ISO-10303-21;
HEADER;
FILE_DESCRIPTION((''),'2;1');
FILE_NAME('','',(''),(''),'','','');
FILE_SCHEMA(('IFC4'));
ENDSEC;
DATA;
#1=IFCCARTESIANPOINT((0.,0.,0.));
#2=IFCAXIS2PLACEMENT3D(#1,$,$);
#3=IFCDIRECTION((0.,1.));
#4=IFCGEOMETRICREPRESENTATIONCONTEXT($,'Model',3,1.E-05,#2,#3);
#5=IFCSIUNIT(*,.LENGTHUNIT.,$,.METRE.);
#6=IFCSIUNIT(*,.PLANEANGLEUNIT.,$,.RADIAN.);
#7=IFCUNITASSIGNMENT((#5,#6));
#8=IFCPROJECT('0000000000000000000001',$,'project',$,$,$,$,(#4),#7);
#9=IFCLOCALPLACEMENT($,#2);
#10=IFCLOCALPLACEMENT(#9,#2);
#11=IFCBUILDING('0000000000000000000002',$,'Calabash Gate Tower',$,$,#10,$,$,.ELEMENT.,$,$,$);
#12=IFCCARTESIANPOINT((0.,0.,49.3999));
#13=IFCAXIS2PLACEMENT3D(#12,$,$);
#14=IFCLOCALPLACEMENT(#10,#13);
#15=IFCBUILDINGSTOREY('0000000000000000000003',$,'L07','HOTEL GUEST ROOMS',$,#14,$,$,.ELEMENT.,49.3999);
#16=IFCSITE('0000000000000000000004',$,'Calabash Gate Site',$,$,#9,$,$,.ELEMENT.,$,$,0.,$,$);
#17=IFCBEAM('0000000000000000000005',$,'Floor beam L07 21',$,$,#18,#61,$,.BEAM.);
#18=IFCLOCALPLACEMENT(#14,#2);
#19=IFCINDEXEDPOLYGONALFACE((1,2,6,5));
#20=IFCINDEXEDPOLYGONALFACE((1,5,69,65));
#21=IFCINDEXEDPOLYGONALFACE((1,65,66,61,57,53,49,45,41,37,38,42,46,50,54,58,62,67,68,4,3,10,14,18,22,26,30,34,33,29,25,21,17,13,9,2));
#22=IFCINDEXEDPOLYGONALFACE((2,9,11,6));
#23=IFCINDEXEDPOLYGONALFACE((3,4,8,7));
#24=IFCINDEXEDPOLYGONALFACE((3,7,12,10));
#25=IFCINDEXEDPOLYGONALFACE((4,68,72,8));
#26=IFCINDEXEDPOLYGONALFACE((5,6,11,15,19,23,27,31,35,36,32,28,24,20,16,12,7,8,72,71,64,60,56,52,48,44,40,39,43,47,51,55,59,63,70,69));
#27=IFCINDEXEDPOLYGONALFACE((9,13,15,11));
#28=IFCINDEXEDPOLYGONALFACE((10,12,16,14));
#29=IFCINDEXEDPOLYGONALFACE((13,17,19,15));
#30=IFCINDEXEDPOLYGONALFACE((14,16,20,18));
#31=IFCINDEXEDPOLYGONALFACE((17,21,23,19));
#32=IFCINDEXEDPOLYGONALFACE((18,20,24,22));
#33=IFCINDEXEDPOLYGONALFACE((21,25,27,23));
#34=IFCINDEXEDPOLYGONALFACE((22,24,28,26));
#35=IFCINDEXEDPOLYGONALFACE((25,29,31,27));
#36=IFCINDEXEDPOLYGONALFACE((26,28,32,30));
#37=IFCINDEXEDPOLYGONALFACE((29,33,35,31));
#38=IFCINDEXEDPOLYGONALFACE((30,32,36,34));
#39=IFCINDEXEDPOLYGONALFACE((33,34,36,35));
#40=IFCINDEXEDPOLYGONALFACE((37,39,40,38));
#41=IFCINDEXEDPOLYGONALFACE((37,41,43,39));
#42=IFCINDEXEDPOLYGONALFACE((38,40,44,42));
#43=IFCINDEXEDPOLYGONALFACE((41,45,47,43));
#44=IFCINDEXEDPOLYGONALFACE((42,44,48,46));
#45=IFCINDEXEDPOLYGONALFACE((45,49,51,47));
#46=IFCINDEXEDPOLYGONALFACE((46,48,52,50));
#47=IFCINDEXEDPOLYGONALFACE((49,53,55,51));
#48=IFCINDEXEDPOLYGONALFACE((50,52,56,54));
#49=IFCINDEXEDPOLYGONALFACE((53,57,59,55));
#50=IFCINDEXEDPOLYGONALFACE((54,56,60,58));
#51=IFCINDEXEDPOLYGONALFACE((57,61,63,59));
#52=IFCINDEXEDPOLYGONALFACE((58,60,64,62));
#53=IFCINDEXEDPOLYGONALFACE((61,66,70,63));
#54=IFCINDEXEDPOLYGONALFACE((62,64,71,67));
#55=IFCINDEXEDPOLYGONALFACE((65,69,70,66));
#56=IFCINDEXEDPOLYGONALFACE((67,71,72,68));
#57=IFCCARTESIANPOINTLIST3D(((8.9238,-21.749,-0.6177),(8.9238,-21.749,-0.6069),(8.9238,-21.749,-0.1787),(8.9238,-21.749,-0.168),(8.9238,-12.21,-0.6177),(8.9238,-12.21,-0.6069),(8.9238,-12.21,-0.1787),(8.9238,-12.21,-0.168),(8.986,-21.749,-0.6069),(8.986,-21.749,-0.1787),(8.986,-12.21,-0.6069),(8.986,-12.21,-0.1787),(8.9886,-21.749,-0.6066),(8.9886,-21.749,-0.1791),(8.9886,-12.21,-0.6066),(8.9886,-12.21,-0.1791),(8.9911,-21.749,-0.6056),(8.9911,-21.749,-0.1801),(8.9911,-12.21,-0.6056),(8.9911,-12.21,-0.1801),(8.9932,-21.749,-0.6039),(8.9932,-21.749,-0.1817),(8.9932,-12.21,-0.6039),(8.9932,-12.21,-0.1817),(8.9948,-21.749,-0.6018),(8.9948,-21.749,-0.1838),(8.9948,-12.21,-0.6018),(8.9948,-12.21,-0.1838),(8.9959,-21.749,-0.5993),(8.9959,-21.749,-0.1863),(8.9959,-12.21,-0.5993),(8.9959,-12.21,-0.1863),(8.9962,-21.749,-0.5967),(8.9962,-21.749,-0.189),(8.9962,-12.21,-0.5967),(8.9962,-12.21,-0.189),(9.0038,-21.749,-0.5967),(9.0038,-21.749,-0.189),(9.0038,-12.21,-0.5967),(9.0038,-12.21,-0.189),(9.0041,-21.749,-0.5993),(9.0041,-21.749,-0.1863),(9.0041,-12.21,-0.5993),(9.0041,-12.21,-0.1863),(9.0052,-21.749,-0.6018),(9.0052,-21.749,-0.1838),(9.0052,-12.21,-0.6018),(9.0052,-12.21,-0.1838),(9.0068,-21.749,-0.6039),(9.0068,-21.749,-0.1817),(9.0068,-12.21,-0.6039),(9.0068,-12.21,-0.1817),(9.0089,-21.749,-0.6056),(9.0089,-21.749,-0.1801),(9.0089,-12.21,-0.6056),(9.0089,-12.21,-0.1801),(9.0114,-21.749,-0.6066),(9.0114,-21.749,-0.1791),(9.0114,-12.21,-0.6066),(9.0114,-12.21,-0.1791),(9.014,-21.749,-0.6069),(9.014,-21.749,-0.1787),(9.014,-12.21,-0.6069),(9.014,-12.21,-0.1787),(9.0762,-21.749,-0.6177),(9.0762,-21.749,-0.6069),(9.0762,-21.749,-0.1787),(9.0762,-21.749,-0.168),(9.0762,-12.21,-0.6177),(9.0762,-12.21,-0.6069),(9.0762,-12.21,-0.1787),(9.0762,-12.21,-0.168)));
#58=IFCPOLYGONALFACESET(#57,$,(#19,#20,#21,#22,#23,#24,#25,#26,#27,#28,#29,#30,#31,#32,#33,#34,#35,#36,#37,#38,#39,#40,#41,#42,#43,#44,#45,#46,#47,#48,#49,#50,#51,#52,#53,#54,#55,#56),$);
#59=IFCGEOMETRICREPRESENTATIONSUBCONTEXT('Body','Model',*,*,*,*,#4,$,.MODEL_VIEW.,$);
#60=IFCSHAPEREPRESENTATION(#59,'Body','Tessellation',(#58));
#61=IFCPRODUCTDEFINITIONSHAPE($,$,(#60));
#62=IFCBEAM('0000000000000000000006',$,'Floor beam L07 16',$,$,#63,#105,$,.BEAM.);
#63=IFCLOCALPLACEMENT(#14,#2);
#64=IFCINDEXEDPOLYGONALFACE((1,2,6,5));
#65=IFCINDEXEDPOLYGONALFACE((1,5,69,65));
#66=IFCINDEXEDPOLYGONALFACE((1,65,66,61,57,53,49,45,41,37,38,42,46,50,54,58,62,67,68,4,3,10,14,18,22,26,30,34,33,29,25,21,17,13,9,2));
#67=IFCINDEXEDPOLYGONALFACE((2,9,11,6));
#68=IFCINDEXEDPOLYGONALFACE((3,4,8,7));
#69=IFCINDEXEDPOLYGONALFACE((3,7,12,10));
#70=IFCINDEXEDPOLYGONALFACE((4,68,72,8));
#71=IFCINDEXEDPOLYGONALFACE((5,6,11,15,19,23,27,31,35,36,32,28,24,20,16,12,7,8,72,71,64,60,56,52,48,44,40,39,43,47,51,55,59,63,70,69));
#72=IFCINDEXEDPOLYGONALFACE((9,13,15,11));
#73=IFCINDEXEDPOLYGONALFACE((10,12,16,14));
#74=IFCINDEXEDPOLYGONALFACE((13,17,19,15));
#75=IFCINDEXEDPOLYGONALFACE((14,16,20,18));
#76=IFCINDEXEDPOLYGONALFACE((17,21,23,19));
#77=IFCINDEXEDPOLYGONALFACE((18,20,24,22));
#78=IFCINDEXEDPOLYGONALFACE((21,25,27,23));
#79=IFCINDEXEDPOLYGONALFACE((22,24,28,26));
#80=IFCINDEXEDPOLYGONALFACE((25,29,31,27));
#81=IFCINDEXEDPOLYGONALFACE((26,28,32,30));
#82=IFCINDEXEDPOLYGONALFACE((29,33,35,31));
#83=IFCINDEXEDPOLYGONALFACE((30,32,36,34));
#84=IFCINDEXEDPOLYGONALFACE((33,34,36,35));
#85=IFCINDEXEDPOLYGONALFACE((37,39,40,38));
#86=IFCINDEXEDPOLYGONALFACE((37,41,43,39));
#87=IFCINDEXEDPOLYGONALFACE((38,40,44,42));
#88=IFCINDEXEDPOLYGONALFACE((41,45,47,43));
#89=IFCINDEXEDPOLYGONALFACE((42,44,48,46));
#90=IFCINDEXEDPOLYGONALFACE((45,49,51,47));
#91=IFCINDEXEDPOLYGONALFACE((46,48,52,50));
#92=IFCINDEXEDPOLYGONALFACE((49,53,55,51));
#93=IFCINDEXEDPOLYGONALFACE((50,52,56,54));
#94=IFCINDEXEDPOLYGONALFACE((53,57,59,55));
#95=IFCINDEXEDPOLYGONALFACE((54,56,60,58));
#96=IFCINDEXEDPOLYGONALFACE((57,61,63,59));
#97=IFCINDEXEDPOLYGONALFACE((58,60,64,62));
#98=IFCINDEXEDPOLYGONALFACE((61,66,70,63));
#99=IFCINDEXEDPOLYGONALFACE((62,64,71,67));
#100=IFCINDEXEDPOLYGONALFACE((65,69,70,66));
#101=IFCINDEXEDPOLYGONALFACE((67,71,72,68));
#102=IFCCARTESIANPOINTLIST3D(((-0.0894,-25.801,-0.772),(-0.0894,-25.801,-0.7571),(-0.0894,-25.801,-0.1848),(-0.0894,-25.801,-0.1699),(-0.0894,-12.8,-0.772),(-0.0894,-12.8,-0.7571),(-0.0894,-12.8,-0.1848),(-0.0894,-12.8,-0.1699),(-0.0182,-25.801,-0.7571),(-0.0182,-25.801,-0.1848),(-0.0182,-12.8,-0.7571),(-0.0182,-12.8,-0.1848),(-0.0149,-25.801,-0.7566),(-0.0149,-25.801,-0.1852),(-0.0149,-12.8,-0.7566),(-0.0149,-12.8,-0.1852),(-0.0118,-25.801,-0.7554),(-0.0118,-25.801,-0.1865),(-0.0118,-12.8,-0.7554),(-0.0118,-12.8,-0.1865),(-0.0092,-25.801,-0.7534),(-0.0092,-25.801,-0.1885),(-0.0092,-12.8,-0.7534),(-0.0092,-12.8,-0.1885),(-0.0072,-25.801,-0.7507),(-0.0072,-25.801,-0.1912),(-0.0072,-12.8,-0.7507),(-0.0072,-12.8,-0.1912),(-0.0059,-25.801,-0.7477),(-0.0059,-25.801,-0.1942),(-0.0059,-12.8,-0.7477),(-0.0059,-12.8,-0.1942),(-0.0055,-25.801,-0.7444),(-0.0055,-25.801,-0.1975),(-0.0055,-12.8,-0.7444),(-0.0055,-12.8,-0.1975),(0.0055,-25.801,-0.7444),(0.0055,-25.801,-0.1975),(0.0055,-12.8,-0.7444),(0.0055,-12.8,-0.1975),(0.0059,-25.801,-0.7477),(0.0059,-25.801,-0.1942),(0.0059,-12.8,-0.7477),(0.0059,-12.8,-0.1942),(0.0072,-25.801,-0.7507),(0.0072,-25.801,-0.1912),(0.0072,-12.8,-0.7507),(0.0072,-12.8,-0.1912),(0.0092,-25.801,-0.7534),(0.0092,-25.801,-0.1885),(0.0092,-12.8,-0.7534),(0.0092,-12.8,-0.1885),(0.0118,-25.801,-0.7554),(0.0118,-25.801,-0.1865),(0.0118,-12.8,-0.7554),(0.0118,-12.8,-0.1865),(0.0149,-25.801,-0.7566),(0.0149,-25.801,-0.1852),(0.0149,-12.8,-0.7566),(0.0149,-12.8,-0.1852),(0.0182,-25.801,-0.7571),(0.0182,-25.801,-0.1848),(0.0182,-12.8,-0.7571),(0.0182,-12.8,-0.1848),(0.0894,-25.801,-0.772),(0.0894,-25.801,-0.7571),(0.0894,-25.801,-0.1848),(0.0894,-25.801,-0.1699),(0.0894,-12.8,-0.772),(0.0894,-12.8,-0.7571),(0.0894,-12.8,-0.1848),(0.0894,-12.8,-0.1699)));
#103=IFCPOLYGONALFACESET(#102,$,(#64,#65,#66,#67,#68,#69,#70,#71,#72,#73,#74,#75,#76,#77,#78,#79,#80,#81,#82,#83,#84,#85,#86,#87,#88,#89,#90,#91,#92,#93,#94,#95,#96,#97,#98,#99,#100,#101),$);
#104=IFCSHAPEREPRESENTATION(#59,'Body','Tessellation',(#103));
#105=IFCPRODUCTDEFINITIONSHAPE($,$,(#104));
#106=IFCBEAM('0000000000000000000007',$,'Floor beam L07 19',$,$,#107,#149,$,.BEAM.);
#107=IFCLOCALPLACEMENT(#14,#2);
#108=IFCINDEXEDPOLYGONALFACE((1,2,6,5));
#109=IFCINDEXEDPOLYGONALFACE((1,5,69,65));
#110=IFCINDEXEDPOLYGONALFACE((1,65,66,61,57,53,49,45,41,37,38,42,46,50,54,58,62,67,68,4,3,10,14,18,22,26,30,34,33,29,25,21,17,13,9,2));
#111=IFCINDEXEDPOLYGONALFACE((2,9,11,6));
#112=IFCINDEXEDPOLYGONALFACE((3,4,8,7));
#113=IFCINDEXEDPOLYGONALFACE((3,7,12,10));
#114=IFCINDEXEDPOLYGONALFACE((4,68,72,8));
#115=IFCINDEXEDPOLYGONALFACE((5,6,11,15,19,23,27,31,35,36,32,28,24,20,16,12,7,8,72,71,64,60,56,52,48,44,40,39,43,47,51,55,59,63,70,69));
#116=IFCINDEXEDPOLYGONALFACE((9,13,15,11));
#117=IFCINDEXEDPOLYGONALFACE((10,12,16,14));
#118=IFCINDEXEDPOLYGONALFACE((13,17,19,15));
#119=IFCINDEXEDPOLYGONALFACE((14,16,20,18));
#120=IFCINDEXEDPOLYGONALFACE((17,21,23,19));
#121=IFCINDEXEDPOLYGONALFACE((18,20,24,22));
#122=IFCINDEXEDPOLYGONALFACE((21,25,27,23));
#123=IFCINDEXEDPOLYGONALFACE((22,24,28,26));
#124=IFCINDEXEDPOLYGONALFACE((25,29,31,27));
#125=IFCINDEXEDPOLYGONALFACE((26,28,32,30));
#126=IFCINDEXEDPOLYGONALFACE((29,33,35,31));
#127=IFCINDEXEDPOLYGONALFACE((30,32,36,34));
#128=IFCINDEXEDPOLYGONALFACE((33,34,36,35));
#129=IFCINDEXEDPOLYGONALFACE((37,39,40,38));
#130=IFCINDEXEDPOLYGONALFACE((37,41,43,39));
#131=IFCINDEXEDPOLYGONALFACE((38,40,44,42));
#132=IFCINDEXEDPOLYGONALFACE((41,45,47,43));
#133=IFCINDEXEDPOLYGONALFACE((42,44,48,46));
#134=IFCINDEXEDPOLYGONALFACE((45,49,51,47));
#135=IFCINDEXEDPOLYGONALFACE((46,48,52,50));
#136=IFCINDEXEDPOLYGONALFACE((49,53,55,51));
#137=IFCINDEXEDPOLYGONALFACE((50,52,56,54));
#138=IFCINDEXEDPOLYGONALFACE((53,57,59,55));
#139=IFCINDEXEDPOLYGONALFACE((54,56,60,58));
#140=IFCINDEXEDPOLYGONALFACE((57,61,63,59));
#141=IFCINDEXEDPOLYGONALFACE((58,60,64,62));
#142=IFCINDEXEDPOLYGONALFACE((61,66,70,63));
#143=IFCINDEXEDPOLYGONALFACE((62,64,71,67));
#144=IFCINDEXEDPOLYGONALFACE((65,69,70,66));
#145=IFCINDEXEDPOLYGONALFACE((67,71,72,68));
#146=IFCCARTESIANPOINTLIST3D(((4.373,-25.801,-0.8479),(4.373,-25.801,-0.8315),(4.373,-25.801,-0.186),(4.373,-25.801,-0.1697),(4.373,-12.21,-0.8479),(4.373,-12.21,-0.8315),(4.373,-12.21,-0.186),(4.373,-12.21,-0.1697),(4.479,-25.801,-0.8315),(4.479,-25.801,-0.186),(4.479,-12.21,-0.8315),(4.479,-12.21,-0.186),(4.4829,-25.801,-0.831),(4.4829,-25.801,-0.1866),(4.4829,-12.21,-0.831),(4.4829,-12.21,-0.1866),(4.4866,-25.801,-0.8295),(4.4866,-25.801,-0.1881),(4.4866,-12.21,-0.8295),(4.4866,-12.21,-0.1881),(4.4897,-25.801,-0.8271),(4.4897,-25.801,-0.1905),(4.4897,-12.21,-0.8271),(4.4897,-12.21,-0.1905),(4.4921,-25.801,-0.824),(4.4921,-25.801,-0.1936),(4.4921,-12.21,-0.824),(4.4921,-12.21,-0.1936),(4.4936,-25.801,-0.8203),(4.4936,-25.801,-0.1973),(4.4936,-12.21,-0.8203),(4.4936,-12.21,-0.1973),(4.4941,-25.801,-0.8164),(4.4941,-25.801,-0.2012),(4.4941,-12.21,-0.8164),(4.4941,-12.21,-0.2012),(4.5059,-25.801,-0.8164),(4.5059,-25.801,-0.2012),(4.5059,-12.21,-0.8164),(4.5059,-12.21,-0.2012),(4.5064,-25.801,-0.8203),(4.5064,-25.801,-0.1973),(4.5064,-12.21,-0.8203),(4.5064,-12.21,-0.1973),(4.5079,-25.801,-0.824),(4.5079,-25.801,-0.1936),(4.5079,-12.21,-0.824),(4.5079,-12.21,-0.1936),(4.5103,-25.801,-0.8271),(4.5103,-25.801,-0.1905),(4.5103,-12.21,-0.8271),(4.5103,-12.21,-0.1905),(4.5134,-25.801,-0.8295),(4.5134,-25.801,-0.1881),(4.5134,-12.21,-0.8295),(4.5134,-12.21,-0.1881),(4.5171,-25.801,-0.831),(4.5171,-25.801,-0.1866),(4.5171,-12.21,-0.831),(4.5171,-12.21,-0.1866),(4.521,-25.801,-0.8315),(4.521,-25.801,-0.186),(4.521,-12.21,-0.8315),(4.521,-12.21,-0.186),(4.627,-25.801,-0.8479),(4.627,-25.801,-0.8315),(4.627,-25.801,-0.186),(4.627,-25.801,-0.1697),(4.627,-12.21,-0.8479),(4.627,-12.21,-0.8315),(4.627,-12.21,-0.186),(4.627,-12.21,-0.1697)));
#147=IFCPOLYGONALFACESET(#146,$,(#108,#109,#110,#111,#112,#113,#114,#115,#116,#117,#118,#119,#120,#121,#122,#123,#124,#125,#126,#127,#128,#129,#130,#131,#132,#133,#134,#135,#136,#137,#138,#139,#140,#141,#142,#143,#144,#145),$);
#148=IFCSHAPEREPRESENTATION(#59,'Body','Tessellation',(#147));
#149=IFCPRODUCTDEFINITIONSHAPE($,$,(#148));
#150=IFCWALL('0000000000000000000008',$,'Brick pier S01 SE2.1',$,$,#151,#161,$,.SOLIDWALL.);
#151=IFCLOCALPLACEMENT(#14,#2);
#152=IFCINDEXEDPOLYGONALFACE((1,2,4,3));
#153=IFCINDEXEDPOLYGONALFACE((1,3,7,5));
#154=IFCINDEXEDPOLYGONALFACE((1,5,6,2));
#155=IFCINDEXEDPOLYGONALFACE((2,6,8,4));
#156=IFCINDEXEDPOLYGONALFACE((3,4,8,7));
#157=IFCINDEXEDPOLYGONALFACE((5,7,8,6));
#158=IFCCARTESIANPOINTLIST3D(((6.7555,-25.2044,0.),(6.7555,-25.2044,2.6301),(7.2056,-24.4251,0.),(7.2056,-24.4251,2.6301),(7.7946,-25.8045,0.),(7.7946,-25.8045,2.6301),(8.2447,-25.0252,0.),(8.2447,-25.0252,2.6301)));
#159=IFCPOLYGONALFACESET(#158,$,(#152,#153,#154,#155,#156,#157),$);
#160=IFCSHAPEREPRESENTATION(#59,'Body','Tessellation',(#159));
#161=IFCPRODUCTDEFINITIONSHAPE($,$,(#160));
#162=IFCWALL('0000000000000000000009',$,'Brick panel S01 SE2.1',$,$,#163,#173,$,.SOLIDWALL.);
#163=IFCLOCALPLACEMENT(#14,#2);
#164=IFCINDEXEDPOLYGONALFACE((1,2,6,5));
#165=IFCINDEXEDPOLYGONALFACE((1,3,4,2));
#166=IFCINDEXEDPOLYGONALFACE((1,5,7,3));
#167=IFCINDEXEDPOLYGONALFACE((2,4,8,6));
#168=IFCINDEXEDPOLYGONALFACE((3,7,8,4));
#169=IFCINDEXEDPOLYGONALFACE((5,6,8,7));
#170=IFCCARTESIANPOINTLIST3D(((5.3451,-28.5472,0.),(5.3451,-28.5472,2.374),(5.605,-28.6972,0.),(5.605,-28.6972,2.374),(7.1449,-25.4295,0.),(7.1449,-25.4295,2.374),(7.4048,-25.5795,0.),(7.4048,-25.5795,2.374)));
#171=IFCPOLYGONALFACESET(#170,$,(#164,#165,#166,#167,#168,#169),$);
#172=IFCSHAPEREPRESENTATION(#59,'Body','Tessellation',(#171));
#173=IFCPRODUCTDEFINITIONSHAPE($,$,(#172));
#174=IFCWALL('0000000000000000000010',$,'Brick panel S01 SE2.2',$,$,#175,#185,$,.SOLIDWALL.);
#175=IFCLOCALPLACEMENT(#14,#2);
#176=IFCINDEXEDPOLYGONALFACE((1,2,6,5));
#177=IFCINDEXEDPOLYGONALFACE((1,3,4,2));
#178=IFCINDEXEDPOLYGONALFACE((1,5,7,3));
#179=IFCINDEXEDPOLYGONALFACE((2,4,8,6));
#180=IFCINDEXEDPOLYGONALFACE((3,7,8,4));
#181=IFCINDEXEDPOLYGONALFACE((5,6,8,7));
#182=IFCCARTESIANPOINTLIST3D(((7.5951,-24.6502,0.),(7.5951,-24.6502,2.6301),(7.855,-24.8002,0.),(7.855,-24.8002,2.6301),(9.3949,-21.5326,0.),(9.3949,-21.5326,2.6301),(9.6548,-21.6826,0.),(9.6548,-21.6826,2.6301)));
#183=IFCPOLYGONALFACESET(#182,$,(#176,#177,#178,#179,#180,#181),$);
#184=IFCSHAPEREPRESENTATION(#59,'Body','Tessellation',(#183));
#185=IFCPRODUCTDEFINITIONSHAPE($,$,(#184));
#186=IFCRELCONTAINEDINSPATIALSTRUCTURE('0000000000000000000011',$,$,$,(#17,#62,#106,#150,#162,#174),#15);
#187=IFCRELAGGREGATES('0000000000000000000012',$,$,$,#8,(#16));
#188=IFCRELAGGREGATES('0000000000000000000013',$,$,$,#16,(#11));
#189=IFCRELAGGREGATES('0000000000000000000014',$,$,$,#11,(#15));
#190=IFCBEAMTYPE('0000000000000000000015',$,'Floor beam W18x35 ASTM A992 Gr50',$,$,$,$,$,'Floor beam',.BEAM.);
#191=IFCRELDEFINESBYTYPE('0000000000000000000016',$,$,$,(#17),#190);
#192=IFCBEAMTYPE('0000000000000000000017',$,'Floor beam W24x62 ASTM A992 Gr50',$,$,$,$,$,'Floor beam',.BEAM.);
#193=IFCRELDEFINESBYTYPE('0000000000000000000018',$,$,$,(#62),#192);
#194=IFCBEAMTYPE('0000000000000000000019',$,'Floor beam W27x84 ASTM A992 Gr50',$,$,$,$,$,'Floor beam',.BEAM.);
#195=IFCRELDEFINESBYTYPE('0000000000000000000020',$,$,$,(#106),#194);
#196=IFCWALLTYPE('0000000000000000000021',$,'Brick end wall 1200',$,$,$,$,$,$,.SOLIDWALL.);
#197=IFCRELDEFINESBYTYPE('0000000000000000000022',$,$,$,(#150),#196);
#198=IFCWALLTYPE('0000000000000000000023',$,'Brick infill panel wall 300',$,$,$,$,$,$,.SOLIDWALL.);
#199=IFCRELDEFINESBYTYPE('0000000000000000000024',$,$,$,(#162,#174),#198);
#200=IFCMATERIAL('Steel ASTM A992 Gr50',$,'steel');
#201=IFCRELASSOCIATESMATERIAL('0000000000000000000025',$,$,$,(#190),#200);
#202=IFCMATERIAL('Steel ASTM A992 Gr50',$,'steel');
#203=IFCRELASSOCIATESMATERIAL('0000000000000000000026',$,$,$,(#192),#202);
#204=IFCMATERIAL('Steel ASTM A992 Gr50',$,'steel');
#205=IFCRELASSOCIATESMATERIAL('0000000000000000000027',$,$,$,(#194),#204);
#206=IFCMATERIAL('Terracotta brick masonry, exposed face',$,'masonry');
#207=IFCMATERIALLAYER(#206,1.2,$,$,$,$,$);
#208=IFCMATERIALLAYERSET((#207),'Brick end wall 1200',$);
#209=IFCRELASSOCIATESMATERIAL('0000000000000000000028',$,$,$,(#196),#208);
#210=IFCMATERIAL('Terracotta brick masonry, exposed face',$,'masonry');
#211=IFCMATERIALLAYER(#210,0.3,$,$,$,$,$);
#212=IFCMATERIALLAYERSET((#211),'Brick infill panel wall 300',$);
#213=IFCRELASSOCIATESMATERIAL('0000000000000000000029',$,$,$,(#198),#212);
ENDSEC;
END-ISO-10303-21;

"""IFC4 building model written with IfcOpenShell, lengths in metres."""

from ifc_helpers import new_model, si_unit, direction, frame, frame_2d, origin, origin_2d, place, context, subcontext, project, spatial, rectangle, i_section, extrude, material, layer, layer_set, material_profile, profile_set, type_object, element, save


model = new_model("IFC4")

# Units and contexts
model_context = context("Model", 3, precision=1e-05, world=origin(), true_north=direction((0.0, 1.0)))
body_context = subcontext(model_context, "Body", "Model", "MODEL_VIEW")
ifc_project = project(units=[si_unit("LENGTHUNIT", "METRE"), si_unit("PLANEANGLEUNIT", "RADIAN")], contexts=[model_context])

# Site, building, storey
site_placement = place(None, origin())
site = spatial("IfcSite", under=ifc_project, at=site_placement, Name="Calabash Gate Site", CompositionType="ELEMENT", RefElevation=0.0)
building_placement = place(site_placement, origin())
building = spatial("IfcBuilding", under=site, at=building_placement, Name="Calabash Gate Tower", CompositionType="ELEMENT")
storey_placement = place(building_placement, frame((0.0, 0.0, 49.3999)))
storey = spatial("IfcBuildingStorey", under=building, at=storey_placement, Name="L07", Description="HOTEL GUEST ROOMS", CompositionType="ELEMENT", Elevation=49.3999)

# Beams
ifc_material_1 = material(Name="Steel ASTM A992 Gr50", Category="steel")
ifc_material_profile_1 = material_profile(ifc_material_1, i_section(OverallWidth=0.1523, OverallDepth=0.4497, WebThickness=0.0076, FlangeThickness=0.0107, FilletRadius=0.0103, at=origin_2d()))
ifc_profile_set_1 = profile_set([ifc_material_profile_1], Name="Steel ASTM A992 Gr50")
beam_type_1 = type_object("IfcBeamType", Name="Floor beam W18x35 ASTM A992 Gr50", ElementType="Floor beam", PredefinedType="BEAM", material=ifc_profile_set_1)
beam_1_placement = place(storey_placement, frame((9.0, -21.749, -0.3928), z_axis=(0.0, 1.0, 0.0), x_axis=(-1.0, 0.0, 0.0)))
element("IfcBeam", 1, at=beam_1_placement, inside=storey, type_object=beam_type_1, Name="Floor beam L07 21", PredefinedType="BEAM", context=body_context, shape_type="SweptSolid", body=[
    extrude(i_section(OverallWidth=0.1523, OverallDepth=0.4497, WebThickness=0.0076, FlangeThickness=0.0107, FilletRadius=0.0103, at=origin_2d()), origin(), (0.0, 0.0, 1.0), 9.5391),
])
ifc_material_2 = material(Name="Steel ASTM A992 Gr50", Category="steel")
ifc_material_profile_2 = material_profile(ifc_material_2, i_section(OverallWidth=0.1787, OverallDepth=0.6021, WebThickness=0.011, FlangeThickness=0.0149, FilletRadius=0.0127, at=origin_2d()))
ifc_profile_set_2 = profile_set([ifc_material_profile_2], Name="Steel ASTM A992 Gr50")
beam_type_2 = type_object("IfcBeamType", Name="Floor beam W24x62 ASTM A992 Gr50", ElementType="Floor beam", PredefinedType="BEAM", material=ifc_profile_set_2)
beam_2_placement = place(storey_placement, frame((0.0, -25.801, -0.4709), z_axis=(0.0, 1.0, 0.0), x_axis=(-1.0, 0.0, 0.0)))
element("IfcBeam", 2, at=beam_2_placement, inside=storey, type_object=beam_type_2, Name="Floor beam L07 16", PredefinedType="BEAM", context=body_context, shape_type="SweptSolid", body=[
    extrude(i_section(OverallWidth=0.1787, OverallDepth=0.6021, WebThickness=0.011, FlangeThickness=0.0149, FilletRadius=0.0127, at=origin_2d()), origin(), (0.0, 0.0, 1.0), 13.001),
])
ifc_material_3 = material(Name="Steel ASTM A992 Gr50", Category="steel")
ifc_material_profile_3 = material_profile(ifc_material_3, i_section(OverallWidth=0.2539, OverallDepth=0.6782, WebThickness=0.0117, FlangeThickness=0.0164, FilletRadius=0.0151, at=origin_2d()))
ifc_profile_set_3 = profile_set([ifc_material_profile_3], Name="Steel ASTM A992 Gr50")
beam_type_3 = type_object("IfcBeamType", Name="Floor beam W27x84 ASTM A992 Gr50", ElementType="Floor beam", PredefinedType="BEAM", material=ifc_profile_set_3)
beam_3_placement = place(storey_placement, frame((4.5, -25.801, -0.5088), z_axis=(0.0, 1.0, 0.0), x_axis=(-1.0, 0.0, 0.0)))
element("IfcBeam", 3, at=beam_3_placement, inside=storey, type_object=beam_type_3, Name="Floor beam L07 19", PredefinedType="BEAM", context=body_context, shape_type="SweptSolid", body=[
    extrude(i_section(OverallWidth=0.2539, OverallDepth=0.6782, WebThickness=0.0117, FlangeThickness=0.0164, FilletRadius=0.0151, at=origin_2d()), origin(), (0.0, 0.0, 1.0), 13.5911),
])

# Walls
ifc_material_4 = material(Name="Terracotta brick masonry, exposed face", Category="masonry")
ifc_layer_1 = layer(ifc_material_4, 1.2)
ifc_layer_set_1 = layer_set([ifc_layer_1], Name="Brick end wall 1200")
wall_type_1 = type_object("IfcWallType", Name="Brick end wall 1200", PredefinedType="SOLIDWALL", material=ifc_layer_set_1)
wall_1_placement = place(storey_placement, frame((6.9805, -24.8147, 0.0), z_axis=(0.0, 0.0, 1.0), x_axis=(0.865955, -0.500122, 0.0)))
element("IfcWall", 4, at=wall_1_placement, inside=storey, type_object=wall_type_1, Name="Brick pier S01 SE2.1", PredefinedType="SOLIDWALL", context=body_context, shape_type="SweptSolid", body=[
    extrude(rectangle(XDim=1.2, YDim=0.8999, at=frame_2d((0.6001, 0.0))), origin(), (0.0, 0.0, 1.0), 2.6301),
])
ifc_material_5 = material(Name="Terracotta brick masonry, exposed face", Category="masonry")
ifc_layer_2 = layer(ifc_material_5, 0.3)
ifc_layer_set_2 = layer_set([ifc_layer_2], Name="Brick infill panel wall 300")
wall_type_2 = type_object("IfcWallType", Name="Brick infill panel wall 300", PredefinedType="SOLIDWALL", material=ifc_layer_set_2)
wall_2_placement = place(storey_placement, frame((5.4751, -28.6221, 0.0), z_axis=(0.0, 0.0, 1.0), x_axis=(0.499961, 0.866048, 0.0)))
element("IfcWall", 5, at=wall_2_placement, inside=storey, type_object=wall_type_2, Name="Brick panel S01 SE2.1", PredefinedType="SOLIDWALL", context=body_context, shape_type="SweptSolid", body=[
    extrude(rectangle(XDim=3.5999, YDim=0.3, at=frame_2d((1.7998, 0.0))), origin(), (0.0, 0.0, 1.0), 2.374),
])
for number, where, z_axis, x_axis, name in (
    (6, (7.7251, -24.7251, 0.0), (0.0, 0.0, 1.0), (0.499961, 0.866048, 0.0), "Brick panel S01 SE2.2"),
):
    element("IfcWall", number, at=place(storey_placement, frame(where, z_axis=z_axis, x_axis=x_axis)), inside=storey, type_object=wall_type_2, Name=name, PredefinedType="SOLIDWALL", context=body_context, shape_type="SweptSolid", body=[
        extrude(rectangle(XDim=3.5999, YDim=0.3, at=frame_2d((1.7998, 0.0))), origin(), (0.0, 0.0, 1.0), 2.6301),
    ])

save(model, "model.ifc")
